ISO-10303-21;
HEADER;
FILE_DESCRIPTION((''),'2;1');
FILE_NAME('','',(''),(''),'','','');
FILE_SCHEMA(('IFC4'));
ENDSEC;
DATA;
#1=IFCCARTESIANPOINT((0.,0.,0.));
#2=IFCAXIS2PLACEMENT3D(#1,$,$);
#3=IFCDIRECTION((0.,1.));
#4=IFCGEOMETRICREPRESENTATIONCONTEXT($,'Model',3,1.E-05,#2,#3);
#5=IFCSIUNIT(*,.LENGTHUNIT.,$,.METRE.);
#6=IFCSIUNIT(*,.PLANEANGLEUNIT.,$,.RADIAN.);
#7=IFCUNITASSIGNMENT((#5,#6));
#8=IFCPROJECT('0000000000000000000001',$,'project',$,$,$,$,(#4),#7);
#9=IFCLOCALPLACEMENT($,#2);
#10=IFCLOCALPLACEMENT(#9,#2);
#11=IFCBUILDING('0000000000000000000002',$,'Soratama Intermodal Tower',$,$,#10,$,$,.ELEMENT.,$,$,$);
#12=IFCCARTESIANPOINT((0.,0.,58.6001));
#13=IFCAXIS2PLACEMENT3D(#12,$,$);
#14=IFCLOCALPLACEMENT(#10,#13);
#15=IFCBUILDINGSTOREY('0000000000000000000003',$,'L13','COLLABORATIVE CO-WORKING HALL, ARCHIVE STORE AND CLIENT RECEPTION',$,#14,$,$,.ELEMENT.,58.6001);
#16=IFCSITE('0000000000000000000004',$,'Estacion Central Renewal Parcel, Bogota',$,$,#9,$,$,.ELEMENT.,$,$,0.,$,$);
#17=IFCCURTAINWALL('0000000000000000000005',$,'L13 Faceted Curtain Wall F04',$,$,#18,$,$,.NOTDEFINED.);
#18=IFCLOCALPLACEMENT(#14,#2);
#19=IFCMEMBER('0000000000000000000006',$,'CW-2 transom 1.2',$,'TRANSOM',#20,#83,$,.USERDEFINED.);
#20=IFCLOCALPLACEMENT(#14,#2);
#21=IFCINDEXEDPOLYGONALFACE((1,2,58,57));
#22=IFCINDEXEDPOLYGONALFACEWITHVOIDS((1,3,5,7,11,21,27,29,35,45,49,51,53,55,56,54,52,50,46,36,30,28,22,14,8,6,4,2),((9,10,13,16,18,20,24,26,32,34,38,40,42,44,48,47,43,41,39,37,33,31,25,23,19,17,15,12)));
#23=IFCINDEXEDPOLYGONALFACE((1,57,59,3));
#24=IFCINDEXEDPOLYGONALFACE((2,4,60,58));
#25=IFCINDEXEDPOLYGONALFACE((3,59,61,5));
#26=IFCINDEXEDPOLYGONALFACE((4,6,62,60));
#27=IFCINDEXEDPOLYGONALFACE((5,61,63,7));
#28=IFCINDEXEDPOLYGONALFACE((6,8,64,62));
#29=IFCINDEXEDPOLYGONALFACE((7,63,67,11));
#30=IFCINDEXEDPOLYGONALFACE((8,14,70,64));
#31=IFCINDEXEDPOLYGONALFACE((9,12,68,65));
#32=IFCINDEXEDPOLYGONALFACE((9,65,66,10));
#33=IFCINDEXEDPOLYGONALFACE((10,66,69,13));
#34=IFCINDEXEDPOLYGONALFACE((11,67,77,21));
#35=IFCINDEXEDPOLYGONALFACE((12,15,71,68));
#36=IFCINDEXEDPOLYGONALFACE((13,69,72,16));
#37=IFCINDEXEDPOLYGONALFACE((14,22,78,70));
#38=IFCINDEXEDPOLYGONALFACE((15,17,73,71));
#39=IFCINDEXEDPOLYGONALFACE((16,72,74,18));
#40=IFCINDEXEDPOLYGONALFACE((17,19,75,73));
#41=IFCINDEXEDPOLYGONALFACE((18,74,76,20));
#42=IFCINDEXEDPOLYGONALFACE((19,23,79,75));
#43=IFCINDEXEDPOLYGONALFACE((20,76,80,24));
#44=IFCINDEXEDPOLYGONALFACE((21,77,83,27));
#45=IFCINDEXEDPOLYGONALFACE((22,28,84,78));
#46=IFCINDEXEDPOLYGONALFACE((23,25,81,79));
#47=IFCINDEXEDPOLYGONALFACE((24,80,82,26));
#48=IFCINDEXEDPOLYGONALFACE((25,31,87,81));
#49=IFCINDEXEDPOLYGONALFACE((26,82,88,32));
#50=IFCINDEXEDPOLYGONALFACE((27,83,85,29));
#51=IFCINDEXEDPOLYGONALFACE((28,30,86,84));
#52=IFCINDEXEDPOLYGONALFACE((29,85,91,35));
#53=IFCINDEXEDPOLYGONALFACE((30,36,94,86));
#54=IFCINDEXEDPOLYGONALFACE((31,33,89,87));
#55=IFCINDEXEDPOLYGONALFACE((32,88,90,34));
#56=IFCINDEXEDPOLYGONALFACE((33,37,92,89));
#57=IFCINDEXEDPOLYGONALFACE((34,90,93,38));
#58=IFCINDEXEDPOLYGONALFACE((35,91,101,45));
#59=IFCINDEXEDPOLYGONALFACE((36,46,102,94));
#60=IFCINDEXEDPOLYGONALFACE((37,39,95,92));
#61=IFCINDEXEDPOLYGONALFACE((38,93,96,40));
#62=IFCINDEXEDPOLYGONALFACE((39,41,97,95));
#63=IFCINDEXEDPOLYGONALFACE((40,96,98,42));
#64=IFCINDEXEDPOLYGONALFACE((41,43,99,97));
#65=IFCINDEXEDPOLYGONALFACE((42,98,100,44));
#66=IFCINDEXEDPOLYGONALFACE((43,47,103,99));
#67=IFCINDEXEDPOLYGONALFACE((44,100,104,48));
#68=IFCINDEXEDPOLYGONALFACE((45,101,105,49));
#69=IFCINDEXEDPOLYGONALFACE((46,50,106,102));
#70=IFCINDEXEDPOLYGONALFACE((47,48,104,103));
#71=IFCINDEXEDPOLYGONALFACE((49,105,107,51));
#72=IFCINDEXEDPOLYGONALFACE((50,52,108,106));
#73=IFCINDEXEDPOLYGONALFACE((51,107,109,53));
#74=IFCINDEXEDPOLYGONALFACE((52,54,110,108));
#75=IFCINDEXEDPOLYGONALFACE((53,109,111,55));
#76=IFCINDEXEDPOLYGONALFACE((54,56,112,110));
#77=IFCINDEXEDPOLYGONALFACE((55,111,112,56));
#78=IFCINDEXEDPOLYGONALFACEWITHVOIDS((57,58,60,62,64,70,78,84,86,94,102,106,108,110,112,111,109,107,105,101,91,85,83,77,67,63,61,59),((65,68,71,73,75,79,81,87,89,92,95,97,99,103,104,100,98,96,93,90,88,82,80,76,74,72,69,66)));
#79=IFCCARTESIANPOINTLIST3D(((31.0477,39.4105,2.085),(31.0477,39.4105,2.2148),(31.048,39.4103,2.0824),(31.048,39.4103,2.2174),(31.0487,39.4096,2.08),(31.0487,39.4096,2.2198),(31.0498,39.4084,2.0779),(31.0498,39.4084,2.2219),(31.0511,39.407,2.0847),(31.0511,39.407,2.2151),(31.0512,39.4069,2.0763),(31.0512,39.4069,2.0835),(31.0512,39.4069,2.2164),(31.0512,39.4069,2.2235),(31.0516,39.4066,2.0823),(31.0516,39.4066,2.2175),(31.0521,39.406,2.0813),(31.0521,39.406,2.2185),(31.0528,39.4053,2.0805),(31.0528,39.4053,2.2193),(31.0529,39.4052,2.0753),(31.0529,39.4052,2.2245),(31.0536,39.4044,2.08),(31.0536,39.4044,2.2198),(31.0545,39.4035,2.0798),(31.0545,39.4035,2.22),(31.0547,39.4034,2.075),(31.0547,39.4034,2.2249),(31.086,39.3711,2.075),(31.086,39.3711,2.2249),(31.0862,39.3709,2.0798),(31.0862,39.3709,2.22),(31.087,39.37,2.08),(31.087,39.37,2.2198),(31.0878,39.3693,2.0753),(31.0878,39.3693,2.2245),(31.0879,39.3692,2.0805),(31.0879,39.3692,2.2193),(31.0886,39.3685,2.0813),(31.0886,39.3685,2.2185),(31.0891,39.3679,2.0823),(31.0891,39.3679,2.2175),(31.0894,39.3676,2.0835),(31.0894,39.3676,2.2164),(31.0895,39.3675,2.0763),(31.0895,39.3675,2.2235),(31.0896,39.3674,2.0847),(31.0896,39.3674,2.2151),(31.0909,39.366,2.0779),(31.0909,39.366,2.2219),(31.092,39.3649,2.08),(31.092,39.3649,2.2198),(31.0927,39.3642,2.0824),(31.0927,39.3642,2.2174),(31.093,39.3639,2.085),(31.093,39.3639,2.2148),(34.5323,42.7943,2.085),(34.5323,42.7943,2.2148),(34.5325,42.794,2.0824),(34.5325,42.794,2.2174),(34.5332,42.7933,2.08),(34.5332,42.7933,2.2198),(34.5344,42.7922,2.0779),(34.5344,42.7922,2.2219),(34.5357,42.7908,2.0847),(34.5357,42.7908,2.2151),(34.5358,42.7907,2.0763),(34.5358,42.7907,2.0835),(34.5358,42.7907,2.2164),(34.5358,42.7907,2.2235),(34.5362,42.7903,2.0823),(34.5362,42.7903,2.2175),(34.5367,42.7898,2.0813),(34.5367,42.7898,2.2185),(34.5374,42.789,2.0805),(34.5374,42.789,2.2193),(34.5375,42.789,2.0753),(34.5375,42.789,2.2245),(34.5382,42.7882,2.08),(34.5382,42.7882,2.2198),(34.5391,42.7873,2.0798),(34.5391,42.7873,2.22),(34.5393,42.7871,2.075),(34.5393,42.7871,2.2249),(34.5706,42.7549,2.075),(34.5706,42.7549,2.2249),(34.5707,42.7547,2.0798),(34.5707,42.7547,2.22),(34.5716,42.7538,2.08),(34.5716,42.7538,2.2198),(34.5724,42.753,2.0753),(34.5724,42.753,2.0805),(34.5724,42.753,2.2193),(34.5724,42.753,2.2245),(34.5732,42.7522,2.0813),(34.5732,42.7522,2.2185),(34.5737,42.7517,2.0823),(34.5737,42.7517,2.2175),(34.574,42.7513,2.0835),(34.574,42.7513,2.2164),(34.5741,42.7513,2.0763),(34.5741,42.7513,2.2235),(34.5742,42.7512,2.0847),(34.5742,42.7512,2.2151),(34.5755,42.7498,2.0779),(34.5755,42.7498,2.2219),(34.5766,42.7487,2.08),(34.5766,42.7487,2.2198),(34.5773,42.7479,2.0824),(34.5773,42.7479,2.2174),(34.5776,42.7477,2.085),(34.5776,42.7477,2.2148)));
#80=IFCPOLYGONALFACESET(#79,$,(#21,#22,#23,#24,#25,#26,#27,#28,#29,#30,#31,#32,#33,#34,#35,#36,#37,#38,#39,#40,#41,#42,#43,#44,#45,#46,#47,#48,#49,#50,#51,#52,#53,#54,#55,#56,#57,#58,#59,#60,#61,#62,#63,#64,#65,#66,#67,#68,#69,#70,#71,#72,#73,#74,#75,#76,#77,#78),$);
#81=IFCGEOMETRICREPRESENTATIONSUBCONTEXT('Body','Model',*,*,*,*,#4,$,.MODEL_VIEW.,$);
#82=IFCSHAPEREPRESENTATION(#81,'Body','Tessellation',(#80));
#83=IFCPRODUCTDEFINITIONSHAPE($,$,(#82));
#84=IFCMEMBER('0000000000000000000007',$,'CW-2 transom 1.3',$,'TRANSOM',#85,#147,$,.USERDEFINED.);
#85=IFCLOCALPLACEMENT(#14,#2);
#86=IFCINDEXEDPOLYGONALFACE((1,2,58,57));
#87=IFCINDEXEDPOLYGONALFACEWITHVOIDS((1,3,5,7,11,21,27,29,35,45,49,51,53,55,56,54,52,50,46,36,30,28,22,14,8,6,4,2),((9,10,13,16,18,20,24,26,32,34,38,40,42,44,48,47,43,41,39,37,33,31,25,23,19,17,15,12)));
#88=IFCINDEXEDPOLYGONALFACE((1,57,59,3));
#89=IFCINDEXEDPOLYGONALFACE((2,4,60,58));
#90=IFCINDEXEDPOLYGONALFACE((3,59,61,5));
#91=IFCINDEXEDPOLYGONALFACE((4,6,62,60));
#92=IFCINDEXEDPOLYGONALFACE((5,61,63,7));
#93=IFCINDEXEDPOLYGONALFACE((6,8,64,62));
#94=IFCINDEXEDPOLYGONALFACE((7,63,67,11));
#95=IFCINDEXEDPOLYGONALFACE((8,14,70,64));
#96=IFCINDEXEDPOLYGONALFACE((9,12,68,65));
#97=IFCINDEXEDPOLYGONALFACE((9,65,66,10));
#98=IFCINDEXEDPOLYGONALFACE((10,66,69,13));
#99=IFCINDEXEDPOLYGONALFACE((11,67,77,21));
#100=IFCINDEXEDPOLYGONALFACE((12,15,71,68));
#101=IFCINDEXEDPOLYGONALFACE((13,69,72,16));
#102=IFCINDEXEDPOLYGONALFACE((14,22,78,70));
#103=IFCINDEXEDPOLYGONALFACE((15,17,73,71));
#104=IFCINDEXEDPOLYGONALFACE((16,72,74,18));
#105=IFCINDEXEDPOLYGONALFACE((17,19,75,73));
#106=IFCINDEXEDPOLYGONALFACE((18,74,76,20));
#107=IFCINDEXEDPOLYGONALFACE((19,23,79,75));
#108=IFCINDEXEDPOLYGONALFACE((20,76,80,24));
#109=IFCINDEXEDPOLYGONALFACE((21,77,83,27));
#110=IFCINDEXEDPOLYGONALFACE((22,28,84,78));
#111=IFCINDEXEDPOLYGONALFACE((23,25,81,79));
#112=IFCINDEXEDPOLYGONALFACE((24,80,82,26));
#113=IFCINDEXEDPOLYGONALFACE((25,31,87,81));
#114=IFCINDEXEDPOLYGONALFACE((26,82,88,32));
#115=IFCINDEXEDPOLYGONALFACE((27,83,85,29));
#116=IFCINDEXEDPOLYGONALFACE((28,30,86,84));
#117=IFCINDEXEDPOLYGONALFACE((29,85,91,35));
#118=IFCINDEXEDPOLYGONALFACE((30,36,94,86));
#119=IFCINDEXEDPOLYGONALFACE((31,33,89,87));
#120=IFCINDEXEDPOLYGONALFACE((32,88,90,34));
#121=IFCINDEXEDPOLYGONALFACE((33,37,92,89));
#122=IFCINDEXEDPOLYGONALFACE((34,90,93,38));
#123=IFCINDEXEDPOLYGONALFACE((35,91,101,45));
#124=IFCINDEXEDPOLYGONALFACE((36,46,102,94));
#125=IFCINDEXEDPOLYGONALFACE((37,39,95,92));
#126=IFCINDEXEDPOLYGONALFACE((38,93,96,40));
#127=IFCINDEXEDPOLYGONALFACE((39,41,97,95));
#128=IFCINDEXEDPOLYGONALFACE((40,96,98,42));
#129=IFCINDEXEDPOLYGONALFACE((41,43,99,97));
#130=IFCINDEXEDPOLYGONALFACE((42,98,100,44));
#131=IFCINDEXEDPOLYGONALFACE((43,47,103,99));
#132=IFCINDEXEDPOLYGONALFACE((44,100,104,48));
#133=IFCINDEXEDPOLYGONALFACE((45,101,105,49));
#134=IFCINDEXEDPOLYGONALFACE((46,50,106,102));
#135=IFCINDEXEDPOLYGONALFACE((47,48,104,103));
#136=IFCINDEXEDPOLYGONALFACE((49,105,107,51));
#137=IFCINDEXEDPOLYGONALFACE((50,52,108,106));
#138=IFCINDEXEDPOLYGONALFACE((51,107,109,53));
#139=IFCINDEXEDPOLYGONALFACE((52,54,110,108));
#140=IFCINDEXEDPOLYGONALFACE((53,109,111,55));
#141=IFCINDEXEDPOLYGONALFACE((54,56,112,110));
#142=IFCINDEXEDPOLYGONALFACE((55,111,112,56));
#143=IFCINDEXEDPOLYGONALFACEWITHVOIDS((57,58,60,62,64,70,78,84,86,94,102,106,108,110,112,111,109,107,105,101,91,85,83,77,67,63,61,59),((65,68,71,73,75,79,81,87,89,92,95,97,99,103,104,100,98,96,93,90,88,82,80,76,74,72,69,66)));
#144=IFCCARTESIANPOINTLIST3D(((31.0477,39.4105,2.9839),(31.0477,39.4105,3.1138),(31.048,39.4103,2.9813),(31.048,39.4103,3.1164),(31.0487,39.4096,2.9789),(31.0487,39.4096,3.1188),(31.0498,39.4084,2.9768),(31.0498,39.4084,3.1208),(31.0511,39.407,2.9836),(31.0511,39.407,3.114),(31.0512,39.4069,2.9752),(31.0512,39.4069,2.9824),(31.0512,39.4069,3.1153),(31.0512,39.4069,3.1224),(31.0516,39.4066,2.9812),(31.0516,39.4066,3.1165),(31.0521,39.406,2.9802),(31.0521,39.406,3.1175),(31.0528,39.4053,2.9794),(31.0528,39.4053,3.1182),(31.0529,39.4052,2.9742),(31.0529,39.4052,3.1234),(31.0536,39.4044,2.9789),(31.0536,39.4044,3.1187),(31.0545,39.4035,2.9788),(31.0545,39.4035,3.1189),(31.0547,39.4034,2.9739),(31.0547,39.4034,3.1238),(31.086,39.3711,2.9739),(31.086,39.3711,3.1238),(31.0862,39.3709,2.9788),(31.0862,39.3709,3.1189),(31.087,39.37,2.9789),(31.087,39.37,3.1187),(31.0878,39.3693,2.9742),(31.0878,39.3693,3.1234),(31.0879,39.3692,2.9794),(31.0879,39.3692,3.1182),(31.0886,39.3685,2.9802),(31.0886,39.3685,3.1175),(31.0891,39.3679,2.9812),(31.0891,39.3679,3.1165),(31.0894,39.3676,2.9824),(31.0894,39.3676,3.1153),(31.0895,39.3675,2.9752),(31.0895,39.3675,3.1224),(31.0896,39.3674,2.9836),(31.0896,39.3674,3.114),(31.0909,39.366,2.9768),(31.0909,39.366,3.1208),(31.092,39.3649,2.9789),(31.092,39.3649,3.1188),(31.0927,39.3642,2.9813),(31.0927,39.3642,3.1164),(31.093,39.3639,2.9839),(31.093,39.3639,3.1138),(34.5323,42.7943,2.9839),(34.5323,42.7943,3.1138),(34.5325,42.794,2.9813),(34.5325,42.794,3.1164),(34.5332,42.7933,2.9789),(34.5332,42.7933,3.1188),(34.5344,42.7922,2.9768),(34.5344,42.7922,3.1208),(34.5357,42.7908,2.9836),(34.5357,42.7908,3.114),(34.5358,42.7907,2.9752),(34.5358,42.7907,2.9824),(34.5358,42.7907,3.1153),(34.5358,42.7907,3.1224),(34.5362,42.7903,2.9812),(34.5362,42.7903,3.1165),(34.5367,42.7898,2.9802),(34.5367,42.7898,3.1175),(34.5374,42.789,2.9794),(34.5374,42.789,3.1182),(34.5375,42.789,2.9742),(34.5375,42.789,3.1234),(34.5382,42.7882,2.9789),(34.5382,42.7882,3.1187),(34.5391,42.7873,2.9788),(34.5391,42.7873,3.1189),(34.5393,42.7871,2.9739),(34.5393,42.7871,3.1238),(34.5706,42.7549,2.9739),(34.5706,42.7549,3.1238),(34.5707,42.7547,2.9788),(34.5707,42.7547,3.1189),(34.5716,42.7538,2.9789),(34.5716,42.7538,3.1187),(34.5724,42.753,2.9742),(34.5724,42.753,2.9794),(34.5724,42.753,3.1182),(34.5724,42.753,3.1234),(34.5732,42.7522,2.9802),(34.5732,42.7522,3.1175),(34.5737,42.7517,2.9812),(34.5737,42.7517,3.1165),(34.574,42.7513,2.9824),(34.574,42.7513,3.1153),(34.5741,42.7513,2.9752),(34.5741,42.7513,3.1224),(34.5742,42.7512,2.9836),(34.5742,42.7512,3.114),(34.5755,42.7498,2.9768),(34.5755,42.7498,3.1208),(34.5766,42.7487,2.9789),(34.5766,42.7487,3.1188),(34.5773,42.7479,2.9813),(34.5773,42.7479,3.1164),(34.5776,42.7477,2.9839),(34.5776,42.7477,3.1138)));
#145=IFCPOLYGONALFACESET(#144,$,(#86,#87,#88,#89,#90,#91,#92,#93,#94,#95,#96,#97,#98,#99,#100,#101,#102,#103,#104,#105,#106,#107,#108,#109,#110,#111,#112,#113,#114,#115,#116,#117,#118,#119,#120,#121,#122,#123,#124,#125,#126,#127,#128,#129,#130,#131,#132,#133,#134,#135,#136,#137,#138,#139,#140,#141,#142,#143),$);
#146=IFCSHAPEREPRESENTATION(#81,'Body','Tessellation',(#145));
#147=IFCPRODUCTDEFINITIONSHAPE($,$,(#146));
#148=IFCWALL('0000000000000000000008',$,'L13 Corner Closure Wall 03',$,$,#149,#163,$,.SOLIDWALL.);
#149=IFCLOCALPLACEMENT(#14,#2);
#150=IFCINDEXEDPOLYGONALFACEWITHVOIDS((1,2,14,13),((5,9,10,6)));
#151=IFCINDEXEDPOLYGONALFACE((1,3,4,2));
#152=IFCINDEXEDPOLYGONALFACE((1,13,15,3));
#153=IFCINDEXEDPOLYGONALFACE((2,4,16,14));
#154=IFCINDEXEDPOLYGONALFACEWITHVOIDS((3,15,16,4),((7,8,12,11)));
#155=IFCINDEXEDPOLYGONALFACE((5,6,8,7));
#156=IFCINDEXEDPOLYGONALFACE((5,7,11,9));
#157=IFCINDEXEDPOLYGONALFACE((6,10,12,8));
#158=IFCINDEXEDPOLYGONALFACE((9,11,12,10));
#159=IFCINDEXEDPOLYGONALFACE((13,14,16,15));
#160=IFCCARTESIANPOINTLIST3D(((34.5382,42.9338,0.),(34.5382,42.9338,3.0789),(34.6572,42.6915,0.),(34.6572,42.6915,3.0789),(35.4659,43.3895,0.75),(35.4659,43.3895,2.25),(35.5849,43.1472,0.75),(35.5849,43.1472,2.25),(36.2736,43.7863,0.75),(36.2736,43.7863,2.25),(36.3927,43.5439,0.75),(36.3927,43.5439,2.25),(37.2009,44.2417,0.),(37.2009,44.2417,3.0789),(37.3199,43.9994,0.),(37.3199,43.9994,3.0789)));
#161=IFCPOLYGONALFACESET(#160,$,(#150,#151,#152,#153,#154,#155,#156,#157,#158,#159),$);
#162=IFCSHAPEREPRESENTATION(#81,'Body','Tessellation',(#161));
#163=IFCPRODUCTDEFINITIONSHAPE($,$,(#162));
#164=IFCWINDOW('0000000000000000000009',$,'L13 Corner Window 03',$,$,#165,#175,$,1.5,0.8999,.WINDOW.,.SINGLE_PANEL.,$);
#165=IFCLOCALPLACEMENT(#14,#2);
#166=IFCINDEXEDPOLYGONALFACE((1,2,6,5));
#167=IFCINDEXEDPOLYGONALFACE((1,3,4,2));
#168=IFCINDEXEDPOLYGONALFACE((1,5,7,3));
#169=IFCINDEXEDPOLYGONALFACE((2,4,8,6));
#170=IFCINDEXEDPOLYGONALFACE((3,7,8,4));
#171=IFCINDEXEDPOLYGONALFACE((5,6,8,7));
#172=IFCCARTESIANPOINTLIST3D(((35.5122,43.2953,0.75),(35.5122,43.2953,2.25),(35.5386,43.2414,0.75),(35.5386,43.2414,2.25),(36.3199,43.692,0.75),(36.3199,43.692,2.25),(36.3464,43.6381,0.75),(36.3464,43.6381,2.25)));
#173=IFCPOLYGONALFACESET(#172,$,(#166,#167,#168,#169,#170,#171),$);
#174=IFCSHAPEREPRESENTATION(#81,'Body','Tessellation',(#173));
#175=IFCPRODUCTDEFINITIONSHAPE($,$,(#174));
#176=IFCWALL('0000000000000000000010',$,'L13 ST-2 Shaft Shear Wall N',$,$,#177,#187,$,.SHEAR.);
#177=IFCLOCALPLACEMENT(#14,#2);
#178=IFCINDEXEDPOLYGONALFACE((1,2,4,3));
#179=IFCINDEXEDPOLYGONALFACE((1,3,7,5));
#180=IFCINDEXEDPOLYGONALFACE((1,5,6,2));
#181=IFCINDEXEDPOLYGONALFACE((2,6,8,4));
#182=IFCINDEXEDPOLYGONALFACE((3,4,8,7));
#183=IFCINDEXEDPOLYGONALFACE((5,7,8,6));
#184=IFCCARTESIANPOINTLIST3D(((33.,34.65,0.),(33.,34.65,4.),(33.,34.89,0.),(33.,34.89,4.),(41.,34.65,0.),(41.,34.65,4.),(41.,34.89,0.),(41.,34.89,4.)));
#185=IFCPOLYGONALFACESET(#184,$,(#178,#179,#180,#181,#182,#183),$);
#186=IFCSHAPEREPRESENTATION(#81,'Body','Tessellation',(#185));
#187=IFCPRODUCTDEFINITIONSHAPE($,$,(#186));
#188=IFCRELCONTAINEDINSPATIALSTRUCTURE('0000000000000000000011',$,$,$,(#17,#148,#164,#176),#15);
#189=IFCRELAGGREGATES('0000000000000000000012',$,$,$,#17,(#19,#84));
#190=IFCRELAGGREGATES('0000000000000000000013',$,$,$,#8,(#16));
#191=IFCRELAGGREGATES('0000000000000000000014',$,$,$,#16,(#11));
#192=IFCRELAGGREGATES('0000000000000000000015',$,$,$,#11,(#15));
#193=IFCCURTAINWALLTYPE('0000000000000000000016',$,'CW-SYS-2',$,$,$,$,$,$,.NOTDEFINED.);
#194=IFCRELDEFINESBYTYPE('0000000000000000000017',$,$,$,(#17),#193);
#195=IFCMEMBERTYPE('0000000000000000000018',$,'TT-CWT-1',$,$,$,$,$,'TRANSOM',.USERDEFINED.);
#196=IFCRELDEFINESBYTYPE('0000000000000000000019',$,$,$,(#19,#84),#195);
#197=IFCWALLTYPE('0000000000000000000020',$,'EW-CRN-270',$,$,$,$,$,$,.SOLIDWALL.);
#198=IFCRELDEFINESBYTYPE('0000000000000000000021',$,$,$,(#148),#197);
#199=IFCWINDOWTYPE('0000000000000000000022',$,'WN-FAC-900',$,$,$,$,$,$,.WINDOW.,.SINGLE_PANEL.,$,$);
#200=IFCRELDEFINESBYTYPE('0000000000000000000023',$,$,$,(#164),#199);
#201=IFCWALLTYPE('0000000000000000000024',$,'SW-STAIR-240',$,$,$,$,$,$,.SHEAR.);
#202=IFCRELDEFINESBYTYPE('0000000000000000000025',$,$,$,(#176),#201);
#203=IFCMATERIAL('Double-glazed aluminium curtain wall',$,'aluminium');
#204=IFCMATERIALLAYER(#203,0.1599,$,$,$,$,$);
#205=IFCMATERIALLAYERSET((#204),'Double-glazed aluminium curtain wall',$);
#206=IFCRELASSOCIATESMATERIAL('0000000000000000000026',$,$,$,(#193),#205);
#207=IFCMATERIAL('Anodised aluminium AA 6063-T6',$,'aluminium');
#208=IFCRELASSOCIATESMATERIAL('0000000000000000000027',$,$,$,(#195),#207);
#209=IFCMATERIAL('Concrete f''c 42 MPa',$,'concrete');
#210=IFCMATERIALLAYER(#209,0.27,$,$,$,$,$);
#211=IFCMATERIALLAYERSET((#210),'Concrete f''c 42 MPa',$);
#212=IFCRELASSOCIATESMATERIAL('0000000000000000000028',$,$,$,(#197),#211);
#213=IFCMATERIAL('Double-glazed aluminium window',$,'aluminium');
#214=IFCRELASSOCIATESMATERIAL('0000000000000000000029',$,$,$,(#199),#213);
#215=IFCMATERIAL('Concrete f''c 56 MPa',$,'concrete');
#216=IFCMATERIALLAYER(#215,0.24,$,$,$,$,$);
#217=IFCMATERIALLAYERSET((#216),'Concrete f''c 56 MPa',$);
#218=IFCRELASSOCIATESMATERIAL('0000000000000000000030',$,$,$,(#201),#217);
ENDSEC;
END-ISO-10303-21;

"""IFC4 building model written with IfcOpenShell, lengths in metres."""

from ifc_helpers import new_model, si_unit, direction, frame, frame_2d, origin, origin_2d, place, context, subcontext, project, spatial, rectangle, hollow_rectangle, extrude, material, layer, layer_set, material_profile, profile_set, type_object, element, fill, aggregate, save


model = new_model("IFC4")

# Units and contexts
model_context = context("Model", 3, precision=1e-05, world=origin(), true_north=direction((0.0, 1.0)))
body_context = subcontext(model_context, "Body", "Model", "MODEL_VIEW")
ifc_project = project(units=[si_unit("LENGTHUNIT", "METRE"), si_unit("PLANEANGLEUNIT", "RADIAN")], contexts=[model_context])

# Site, building, storey
site_placement = place(None, origin())
site = spatial("IfcSite", under=ifc_project, at=site_placement, Name="Estacion Central Renewal Parcel, Bogota", CompositionType="ELEMENT", RefElevation=0.0)
building_placement = place(site_placement, origin())
building = spatial("IfcBuilding", under=site, at=building_placement, Name="Soratama Intermodal Tower", CompositionType="ELEMENT")
storey_placement = place(building_placement, frame((0.0, 0.0, 58.6001)))
storey = spatial("IfcBuildingStorey", under=building, at=storey_placement, Name="L13", Description="COLLABORATIVE CO-WORKING HALL, ARCHIVE STORE AND CLIENT RECEPTION", CompositionType="ELEMENT", Elevation=58.6001)

# Curtain wall, members
ifc_material_1 = material(Name="Double-glazed aluminium curtain wall", Category="aluminium")
ifc_layer_1 = layer(ifc_material_1, 0.1599)
ifc_layer_set_1 = layer_set([ifc_layer_1], Name="Double-glazed aluminium curtain wall")
curtain_wall_type = type_object("IfcCurtainWallType", Name="CW-SYS-2", PredefinedType="NOTDEFINED", material=ifc_layer_set_1)
curtain_wall_placement = place(storey_placement, origin())
curtain_wall = element("IfcCurtainWall", 1, at=curtain_wall_placement, inside=storey, type_object=curtain_wall_type, Name="L13 Faceted Curtain Wall F04", PredefinedType="NOTDEFINED")
ifc_material_2 = material(Name="Anodised aluminium AA 6063-T6", Category="aluminium")
ifc_material_profile_1 = material_profile(ifc_material_2, hollow_rectangle(XDim=0.0649, YDim=0.1499, WallThickness=0.0049, InnerFilletRadius=0.0049, OuterFilletRadius=0.01, at=origin_2d()), Name="CWT150X65X5")
ifc_profile_set_1 = profile_set([ifc_material_profile_1], Name="Anodised aluminium AA 6063-T6")
member_type_1 = type_object("IfcMemberType", Name="TT-CWT-1", ElementType="TRANSOM", PredefinedType="USERDEFINED", material=ifc_profile_set_1)
member_1_placement = place(storey_placement, frame((34.5549, 42.771, 2.1499), z_axis=(-0.71741, -0.696651, 0.0), x_axis=(0.696651, -0.71741, 0.0)))
member_1 = element("IfcMember", 2, at=member_1_placement, type_object=member_type_1, Name="CW-2 transom 1.2", ObjectType="TRANSOM", PredefinedType="USERDEFINED", context=body_context, shape_type="SweptSolid", body=[
    extrude(hollow_rectangle(XDim=0.0649, YDim=0.1499, WallThickness=0.0049, InnerFilletRadius=0.0049, OuterFilletRadius=0.01, at=origin_2d()), origin(), (0.0, 0.0, 1.0), 4.8572),
])
member_2_placement = place(storey_placement, frame((34.5549, 42.771, 3.0488), z_axis=(-0.71741, -0.696651, 0.0), x_axis=(0.696651, -0.71741, 0.0)))
member_2 = element("IfcMember", 3, at=member_2_placement, type_object=member_type_1, Name="CW-2 transom 1.3", ObjectType="TRANSOM", PredefinedType="USERDEFINED", context=body_context, shape_type="SweptSolid", body=[
    extrude(hollow_rectangle(XDim=0.0649, YDim=0.1499, WallThickness=0.0049, InnerFilletRadius=0.0049, OuterFilletRadius=0.01, at=origin_2d()), origin(), (0.0, 0.0, 1.0), 4.8572),
])
aggregate(curtain_wall, [member_1, member_2])

# Wall, opening, window
ifc_material_3 = material(Name="Concrete f'c 42 MPa", Category="concrete")
ifc_layer_2 = layer(ifc_material_3, 0.27)
ifc_layer_set_2 = layer_set([ifc_layer_2], Name="Concrete f'c 42 MPa")
wall_type_1 = type_object("IfcWallType", Name="EW-CRN-270", PredefinedType="SOLIDWALL", material=ifc_layer_set_2)
wall_1_placement = place(storey_placement, frame((37.2605, 44.1206, 0.0), z_axis=(0.0, 0.0, 1.0), x_axis=(-0.897565, -0.440882, 0.0)))
wall_1 = element("IfcWall", 4, at=wall_1_placement, inside=storey, type_object=wall_type_1, Name="L13 Corner Closure Wall 03", PredefinedType="SOLIDWALL", context=body_context, shape_type="SweptSolid", body=[
    extrude(rectangle(XDim=2.9666, YDim=0.27, at=frame_2d((1.4834, 0.0))), origin(), (0.0, 0.0, 1.0), 3.0789),
])
opening_placement = place(wall_1_placement, frame((1.0332, 0.0, 0.75)))
opening = element("IfcOpeningElement", 5, at=opening_placement, cuts=wall_1, PredefinedType="OPENING", context=body_context, shape_type="SweptSolid", body=[
    extrude(rectangle(XDim=0.8999, YDim=1.5, at=frame_2d((0.45, 0.75))), frame((0.0, 0.145, 0.0), z_axis=(0.0, -1.0, 0.0), x_axis=(1.0, 0.0, 0.0)), (0.0, 0.0, 1.0), 0.29),
])
ifc_material_4 = material(Name="Double-glazed aluminium window", Category="aluminium")
window_type = type_object("IfcWindowType", Name="WN-FAC-900", PartitioningType="SINGLE_PANEL", PredefinedType="WINDOW", material=ifc_material_4)
window_placement = place(opening_placement, origin())
window = element("IfcWindow", 6, at=window_placement, inside=storey, type_object=window_type, Name="L13 Corner Window 03", OverallHeight=1.5, OverallWidth=0.8999, PartitioningType="SINGLE_PANEL", PredefinedType="WINDOW", context=body_context, shape_type="SweptSolid", body=[
    extrude(rectangle(XDim=0.8999, YDim=1.5, at=frame_2d((0.45, 0.75))), frame((0.0, 0.03, 0.0), z_axis=(0.0, -1.0, 0.0), x_axis=(1.0, 0.0, 0.0)), (0.0, 0.0, 1.0), 0.0601),
])
fill(opening, window)

# Wall
ifc_material_5 = material(Name="Concrete f'c 56 MPa", Category="concrete")
ifc_layer_3 = layer(ifc_material_5, 0.24)
ifc_layer_set_3 = layer_set([ifc_layer_3], Name="Concrete f'c 56 MPa")
wall_type_2 = type_object("IfcWallType", Name="SW-STAIR-240", PredefinedType="SHEAR", material=ifc_layer_set_3)
wall_2_placement = place(storey_placement, frame((33.0, 34.77, 0.0), z_axis=(0.0, 0.0, 1.0), x_axis=(1.0, 0.0, 0.0)))
element("IfcWall", 7, at=wall_2_placement, inside=storey, type_object=wall_type_2, Name="L13 ST-2 Shaft Shear Wall N", PredefinedType="SHEAR", context=body_context, shape_type="SweptSolid", body=[
    extrude(rectangle(XDim=8.0, YDim=0.24, at=frame_2d((4.0, 0.0))), origin(), (0.0, 0.0, 1.0), 4.0),
])

save(model, "model.ifc")
